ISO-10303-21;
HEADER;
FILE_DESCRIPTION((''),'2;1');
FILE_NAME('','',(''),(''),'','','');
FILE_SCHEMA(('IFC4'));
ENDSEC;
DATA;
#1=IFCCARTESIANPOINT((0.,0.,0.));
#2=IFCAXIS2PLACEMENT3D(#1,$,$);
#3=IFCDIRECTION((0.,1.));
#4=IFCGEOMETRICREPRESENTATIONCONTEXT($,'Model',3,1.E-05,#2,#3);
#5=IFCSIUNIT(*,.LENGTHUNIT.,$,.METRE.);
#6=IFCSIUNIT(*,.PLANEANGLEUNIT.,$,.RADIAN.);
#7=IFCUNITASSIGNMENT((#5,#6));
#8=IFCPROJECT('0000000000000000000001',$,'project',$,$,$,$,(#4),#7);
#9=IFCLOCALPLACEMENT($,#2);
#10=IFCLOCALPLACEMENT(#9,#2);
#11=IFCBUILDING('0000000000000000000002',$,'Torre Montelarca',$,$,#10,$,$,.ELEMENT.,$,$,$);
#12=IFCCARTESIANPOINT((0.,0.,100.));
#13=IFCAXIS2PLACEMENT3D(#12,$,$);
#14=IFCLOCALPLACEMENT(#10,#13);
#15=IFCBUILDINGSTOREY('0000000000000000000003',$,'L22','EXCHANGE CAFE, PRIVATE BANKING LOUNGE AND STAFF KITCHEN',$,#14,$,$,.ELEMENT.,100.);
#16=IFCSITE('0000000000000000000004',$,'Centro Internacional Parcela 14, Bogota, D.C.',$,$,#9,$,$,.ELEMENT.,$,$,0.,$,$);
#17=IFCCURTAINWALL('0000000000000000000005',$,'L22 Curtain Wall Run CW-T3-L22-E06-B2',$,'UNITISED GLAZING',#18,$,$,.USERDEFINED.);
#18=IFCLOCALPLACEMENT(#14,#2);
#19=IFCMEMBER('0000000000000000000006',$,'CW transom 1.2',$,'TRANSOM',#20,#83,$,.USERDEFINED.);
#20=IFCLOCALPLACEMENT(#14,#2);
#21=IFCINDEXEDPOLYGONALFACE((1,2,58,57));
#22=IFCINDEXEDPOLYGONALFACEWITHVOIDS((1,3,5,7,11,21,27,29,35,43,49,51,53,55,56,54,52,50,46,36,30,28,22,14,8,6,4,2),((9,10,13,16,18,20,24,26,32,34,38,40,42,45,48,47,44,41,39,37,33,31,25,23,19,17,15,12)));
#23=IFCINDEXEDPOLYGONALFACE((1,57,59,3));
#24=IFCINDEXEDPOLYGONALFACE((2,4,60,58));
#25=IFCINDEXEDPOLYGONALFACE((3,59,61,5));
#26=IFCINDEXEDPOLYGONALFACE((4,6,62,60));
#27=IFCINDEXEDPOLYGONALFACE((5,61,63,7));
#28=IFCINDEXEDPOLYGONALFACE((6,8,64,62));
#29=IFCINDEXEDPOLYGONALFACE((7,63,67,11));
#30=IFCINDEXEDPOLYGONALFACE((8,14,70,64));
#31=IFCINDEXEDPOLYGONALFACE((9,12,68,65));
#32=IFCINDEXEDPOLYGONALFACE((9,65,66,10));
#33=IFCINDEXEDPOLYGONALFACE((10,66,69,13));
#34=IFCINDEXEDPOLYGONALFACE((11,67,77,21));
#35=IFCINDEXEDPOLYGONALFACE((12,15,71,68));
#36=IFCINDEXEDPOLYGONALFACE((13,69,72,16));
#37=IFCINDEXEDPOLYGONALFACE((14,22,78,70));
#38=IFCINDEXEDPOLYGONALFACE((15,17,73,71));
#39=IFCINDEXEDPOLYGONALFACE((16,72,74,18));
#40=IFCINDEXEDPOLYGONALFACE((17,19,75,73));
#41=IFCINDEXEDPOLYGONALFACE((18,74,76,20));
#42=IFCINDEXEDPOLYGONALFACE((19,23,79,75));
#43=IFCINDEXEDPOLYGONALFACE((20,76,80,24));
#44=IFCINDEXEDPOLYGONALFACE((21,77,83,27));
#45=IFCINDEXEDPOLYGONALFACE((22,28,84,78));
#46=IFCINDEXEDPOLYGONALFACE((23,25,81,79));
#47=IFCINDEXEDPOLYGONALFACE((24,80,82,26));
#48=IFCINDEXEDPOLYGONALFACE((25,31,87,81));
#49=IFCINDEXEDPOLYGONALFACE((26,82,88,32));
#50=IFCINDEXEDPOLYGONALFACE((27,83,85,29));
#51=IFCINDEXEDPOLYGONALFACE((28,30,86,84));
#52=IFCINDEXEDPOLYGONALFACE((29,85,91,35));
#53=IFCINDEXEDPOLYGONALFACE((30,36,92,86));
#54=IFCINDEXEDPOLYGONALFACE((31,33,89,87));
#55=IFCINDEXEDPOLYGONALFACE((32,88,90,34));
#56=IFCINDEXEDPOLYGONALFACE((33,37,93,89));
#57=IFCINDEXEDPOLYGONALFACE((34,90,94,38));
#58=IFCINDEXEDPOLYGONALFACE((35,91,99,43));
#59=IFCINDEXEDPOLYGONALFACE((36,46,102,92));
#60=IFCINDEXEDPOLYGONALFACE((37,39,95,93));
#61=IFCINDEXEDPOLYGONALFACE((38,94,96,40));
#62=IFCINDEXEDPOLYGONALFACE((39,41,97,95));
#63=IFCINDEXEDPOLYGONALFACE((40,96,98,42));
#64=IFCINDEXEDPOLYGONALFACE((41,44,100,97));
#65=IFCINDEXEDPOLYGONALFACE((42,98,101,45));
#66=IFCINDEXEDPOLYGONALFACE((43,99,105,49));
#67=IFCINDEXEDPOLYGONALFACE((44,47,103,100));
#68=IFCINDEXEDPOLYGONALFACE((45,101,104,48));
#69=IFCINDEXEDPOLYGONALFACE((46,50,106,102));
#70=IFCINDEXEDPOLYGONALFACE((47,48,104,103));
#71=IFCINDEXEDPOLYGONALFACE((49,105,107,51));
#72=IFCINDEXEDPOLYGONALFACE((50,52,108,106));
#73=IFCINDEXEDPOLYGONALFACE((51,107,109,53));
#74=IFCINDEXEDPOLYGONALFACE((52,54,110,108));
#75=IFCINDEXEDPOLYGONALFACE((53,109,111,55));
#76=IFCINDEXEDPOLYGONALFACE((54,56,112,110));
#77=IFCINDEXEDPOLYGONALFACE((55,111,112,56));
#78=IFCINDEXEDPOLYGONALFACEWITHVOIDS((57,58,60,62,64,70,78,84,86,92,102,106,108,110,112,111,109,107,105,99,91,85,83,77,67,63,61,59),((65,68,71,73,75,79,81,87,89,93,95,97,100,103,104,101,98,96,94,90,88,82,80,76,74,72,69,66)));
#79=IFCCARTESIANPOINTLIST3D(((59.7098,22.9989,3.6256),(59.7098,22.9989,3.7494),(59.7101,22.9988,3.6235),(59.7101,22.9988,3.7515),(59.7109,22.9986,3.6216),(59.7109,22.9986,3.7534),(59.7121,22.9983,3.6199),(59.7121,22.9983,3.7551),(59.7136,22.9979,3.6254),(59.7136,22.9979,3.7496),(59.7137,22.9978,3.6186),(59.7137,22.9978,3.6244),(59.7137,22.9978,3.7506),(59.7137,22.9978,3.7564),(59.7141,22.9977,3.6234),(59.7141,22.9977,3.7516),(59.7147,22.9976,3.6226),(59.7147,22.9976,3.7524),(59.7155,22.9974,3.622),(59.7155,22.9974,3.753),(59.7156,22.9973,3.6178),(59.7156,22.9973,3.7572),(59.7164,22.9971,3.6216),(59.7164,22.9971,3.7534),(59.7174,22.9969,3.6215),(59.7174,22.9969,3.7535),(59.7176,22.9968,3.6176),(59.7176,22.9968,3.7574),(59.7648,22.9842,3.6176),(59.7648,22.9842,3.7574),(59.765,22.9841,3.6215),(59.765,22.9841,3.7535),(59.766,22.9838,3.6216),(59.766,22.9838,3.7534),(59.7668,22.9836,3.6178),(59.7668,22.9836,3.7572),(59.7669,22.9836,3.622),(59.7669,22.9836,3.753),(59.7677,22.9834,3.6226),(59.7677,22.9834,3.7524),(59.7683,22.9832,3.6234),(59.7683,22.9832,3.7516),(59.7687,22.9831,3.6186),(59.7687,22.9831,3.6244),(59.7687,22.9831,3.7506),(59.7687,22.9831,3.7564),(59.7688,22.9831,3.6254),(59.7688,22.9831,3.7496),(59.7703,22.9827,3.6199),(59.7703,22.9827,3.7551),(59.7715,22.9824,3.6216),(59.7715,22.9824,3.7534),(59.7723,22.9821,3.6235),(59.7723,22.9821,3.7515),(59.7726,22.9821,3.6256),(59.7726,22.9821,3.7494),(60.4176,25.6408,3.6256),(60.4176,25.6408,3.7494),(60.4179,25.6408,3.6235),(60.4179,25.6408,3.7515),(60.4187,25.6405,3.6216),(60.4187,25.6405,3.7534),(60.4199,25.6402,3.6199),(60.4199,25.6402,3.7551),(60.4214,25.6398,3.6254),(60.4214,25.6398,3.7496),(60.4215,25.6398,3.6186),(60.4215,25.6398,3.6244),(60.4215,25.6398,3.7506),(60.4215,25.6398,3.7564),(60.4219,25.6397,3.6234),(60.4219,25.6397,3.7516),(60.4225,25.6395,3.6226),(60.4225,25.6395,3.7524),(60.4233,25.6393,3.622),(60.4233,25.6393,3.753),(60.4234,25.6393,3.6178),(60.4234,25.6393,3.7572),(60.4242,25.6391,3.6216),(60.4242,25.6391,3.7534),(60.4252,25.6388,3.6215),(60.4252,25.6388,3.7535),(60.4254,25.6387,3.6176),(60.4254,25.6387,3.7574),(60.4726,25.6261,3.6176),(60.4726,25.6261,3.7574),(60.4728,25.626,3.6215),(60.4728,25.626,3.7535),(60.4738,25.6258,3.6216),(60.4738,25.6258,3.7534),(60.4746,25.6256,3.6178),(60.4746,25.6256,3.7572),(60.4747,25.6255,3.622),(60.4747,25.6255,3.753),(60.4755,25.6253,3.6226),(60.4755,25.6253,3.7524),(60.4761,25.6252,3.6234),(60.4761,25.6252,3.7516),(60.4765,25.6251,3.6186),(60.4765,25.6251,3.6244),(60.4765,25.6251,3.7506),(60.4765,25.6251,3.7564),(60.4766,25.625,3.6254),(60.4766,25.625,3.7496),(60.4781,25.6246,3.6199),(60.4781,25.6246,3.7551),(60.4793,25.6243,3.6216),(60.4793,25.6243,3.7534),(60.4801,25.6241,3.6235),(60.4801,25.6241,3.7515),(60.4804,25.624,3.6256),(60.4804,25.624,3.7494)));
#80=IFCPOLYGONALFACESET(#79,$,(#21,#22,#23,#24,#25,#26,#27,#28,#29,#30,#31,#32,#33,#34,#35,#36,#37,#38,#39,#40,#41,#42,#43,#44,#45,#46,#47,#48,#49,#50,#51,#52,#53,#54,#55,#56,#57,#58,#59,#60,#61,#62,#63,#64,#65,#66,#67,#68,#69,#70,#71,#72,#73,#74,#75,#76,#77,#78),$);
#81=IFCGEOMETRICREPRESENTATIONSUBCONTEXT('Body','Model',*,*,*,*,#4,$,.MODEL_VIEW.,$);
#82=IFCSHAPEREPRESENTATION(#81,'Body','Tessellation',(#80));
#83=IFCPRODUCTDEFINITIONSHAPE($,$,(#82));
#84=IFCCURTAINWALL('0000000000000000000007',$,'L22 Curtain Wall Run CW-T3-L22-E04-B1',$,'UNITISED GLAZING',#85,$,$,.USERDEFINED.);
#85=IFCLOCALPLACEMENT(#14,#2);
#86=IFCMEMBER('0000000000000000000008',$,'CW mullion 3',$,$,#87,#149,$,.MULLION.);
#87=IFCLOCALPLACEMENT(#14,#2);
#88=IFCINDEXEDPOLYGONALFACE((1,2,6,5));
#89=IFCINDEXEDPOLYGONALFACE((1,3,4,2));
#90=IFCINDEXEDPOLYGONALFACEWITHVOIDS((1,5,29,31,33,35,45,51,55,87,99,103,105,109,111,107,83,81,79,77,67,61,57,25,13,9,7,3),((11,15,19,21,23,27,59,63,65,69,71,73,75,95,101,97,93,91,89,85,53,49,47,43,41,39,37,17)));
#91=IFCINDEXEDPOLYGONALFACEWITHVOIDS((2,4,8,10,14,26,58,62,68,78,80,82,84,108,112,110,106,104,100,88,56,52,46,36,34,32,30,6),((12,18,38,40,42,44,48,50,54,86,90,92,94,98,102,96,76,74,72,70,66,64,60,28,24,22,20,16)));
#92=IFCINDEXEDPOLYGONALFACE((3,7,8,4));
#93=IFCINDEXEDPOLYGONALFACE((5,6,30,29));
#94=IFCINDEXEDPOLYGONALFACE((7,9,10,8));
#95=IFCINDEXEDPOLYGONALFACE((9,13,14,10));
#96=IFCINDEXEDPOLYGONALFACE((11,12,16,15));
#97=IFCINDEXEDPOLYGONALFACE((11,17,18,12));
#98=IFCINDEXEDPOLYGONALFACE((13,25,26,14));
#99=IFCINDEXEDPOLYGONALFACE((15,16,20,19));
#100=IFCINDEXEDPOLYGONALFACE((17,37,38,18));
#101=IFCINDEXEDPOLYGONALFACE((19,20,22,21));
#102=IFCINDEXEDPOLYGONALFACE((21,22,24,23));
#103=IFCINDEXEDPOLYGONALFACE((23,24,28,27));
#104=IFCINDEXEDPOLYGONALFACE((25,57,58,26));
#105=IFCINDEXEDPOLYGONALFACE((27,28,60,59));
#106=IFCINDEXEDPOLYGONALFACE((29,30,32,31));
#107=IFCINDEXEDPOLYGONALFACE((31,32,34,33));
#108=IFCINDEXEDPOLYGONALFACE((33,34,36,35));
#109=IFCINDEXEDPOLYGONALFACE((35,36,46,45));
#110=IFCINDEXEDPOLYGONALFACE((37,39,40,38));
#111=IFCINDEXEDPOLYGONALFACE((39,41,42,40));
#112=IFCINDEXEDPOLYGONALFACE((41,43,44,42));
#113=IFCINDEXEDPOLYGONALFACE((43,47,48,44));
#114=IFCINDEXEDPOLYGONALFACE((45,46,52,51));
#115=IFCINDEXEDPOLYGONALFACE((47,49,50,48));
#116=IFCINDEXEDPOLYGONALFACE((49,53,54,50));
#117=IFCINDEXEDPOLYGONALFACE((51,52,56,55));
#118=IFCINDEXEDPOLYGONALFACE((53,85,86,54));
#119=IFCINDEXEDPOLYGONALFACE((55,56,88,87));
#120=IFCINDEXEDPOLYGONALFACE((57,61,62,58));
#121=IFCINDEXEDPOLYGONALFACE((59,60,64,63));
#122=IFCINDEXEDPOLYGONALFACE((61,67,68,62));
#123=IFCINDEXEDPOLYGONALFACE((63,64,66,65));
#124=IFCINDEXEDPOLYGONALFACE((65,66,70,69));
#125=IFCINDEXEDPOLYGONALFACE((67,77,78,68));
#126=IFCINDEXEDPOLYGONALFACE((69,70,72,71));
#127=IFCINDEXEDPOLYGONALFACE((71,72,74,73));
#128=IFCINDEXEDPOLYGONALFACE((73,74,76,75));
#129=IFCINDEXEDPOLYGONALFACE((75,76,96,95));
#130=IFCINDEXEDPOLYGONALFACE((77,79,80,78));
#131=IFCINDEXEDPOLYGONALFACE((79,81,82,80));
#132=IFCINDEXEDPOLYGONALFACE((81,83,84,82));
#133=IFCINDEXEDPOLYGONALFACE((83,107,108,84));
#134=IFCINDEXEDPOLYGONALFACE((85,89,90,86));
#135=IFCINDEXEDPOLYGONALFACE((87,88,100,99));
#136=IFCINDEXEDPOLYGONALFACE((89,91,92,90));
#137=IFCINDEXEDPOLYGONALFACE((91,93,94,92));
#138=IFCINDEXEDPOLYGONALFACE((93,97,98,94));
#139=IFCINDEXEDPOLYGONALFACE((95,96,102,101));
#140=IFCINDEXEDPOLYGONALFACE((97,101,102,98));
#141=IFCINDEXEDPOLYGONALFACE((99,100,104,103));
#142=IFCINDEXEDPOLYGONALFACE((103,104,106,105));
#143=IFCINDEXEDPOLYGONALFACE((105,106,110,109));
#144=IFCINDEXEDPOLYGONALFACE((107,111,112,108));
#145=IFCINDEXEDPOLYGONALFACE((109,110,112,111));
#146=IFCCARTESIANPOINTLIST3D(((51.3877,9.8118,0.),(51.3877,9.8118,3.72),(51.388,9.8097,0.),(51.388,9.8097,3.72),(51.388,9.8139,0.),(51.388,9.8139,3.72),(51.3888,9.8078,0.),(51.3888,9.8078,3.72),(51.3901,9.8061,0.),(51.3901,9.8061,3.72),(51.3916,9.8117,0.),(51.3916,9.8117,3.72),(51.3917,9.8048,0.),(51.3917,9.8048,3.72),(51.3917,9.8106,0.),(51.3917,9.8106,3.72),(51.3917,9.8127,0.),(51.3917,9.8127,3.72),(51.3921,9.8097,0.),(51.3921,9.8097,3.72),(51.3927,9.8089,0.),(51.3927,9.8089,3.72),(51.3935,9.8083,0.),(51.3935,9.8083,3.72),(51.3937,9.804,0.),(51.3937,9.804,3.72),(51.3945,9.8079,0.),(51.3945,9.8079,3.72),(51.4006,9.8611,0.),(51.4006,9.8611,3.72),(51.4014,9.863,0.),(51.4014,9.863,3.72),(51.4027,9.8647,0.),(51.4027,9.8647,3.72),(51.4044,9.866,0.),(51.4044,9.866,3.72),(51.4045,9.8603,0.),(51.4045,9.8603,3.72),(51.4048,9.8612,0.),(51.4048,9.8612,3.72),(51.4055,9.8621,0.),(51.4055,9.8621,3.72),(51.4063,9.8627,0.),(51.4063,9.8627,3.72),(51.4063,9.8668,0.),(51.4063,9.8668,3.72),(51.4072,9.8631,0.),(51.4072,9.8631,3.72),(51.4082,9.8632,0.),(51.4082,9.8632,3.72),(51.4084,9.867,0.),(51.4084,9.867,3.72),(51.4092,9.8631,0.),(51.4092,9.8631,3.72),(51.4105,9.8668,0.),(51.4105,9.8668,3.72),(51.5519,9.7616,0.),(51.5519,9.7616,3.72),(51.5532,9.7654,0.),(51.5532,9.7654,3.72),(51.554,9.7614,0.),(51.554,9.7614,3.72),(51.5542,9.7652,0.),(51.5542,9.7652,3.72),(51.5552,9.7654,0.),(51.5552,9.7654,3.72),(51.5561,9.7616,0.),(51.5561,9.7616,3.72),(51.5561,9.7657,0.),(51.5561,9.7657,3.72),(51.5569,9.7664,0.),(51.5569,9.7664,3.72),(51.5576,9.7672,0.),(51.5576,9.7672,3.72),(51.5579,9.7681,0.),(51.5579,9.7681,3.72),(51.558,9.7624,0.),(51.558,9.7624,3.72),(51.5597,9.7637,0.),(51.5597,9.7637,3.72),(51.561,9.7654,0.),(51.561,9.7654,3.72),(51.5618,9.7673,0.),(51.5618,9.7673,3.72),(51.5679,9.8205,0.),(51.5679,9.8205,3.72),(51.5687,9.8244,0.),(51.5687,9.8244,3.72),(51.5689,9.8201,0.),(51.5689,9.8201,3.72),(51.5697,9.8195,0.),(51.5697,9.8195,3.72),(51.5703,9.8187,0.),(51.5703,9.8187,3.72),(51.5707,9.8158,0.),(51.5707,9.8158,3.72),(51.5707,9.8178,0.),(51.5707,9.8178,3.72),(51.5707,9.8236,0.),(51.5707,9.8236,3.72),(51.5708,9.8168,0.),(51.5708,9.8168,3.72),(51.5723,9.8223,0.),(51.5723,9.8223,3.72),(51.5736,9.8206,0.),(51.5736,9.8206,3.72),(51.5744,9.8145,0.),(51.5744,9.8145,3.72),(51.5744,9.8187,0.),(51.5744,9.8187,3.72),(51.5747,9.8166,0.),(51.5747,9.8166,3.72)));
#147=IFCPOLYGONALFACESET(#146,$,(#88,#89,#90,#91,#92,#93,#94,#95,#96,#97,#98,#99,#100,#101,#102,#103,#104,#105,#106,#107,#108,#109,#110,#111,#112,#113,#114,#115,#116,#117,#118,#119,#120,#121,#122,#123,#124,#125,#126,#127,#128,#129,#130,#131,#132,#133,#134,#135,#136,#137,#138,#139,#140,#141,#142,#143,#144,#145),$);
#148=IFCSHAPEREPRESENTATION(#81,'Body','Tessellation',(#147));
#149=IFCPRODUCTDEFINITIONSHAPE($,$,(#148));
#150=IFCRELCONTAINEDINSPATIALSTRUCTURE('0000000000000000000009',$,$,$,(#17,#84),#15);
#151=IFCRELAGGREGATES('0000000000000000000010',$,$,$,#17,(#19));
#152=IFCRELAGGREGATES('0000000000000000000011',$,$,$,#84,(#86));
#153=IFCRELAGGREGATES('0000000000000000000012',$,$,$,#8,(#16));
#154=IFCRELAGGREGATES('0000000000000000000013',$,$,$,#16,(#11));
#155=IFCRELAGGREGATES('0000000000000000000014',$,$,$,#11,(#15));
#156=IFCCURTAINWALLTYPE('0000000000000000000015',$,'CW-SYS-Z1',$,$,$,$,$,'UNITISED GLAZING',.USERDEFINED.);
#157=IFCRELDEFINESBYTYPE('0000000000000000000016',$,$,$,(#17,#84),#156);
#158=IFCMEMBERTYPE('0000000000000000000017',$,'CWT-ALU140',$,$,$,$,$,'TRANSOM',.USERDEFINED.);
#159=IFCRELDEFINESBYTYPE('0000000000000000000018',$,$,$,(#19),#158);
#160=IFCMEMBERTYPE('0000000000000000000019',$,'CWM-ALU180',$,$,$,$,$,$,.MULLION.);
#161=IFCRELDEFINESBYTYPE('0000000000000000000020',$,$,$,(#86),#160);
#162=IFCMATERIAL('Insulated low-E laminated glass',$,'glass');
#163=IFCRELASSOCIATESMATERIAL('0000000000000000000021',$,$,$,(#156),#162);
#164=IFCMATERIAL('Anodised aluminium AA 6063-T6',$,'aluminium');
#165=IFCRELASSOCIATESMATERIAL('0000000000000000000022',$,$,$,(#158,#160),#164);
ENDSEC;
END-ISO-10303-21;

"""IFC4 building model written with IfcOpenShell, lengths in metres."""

from ifc_helpers import new_model, si_unit, direction, frame, origin, origin_2d, place, context, subcontext, project, spatial, hollow_rectangle, extrude, source, transform, mapped, material, material_profile, profile_set, type_object, element, aggregate, save


model = new_model("IFC4")

# Units and contexts
model_context = context("Model", 3, precision=1e-05, world=origin(), true_north=direction((0.0, 1.0)))
body_context = subcontext(model_context, "Body", "Model", "MODEL_VIEW")
ifc_project = project(units=[si_unit("LENGTHUNIT", "METRE"), si_unit("PLANEANGLEUNIT", "RADIAN")], contexts=[model_context])

# Site, building, storey
site_placement = place(None, origin())
site = spatial("IfcSite", under=ifc_project, at=site_placement, Name="Centro Internacional Parcela 14, Bogota, D.C.", CompositionType="ELEMENT", RefElevation=0.0)
building_placement = place(site_placement, origin())
building = spatial("IfcBuilding", under=site, at=building_placement, Name="Torre Montelarca", CompositionType="ELEMENT")
storey_placement = place(building_placement, frame((0.0, 0.0, 100.0)))
storey = spatial("IfcBuildingStorey", under=building, at=storey_placement, Name="L22", Description="EXCHANGE CAFE, PRIVATE BANKING LOUNGE AND STAFF KITCHEN", CompositionType="ELEMENT", Elevation=100.0)

# Curtain wall, member
ifc_material_1 = material(Name="Insulated low-E laminated glass", Category="glass")
curtain_wall_type = type_object("IfcCurtainWallType", Name="CW-SYS-Z1", ElementType="UNITISED GLAZING", PredefinedType="USERDEFINED", material=ifc_material_1)
ifc_material_2 = material(Name="Anodised aluminium AA 6063-T6", Category="aluminium")
ifc_material_profile_1 = material_profile(ifc_material_2, hollow_rectangle(XDim=0.0649, YDim=0.1399, WallThickness=0.0039, InnerFilletRadius=0.0039, OuterFilletRadius=0.0081, at=origin_2d()), Name="ALU65X140X4", Category="aluminium")
ifc_profile_set_1 = profile_set([ifc_material_profile_1], Name="Anodised aluminium AA 6063-T6")
member_type_1 = type_object("IfcMemberType", Name="CWT-ALU140", ElementType="TRANSOM", PredefinedType="USERDEFINED", material=ifc_profile_set_1)
shared_shape_1 = source(origin(), body_context, "Body", "SweptSolid", [
    extrude(hollow_rectangle(XDim=0.0649, YDim=0.1399, WallThickness=0.0039, InnerFilletRadius=0.0039, OuterFilletRadius=0.0081, at=origin_2d()), origin(), (0.0, 0.0, 1.0), 2.7351),
])
curtain_wall_1_placement = place(storey_placement, origin())
curtain_wall_1 = element("IfcCurtainWall", 1, at=curtain_wall_1_placement, inside=storey, type_object=curtain_wall_type, Name="L22 Curtain Wall Run CW-T3-L22-E06-B2", ObjectType="UNITISED GLAZING", PredefinedType="USERDEFINED")
member_1_placement = place(storey_placement, frame((59.7412, 22.9905, 3.6875), z_axis=(0.258779, 0.965936, 0.0), x_axis=(-0.965936, 0.258779, 0.0)))
member_1 = element("IfcMember", 2, at=member_1_placement, type_object=member_type_1, Name="CW transom 1.2", ObjectType="TRANSOM", PredefinedType="USERDEFINED", context=body_context, shape_type="MappedRepresentation", body=[
    mapped(shared_shape_1, transform((0.0, 0.0, 0.0), scale=1.0)),
])

# Curtain wall, member
curtain_wall_2_placement = place(storey_placement, origin())
curtain_wall_2 = element("IfcCurtainWall", 3, at=curtain_wall_2_placement, inside=storey, type_object=curtain_wall_type, Name="L22 Curtain Wall Run CW-T3-L22-E04-B1", ObjectType="UNITISED GLAZING", PredefinedType="USERDEFINED")
ifc_material_profile_2 = material_profile(ifc_material_2, hollow_rectangle(XDim=0.0649, YDim=0.1799, WallThickness=0.0039, InnerFilletRadius=0.0039, OuterFilletRadius=0.0081, at=origin_2d()), Name="ALU65X180X4", Category="aluminium")
ifc_profile_set_2 = profile_set([ifc_material_profile_2], Name="Anodised aluminium AA 6063-T6")
member_type_2 = type_object("IfcMemberType", Name="CWM-ALU180", PredefinedType="MULLION", material=ifc_profile_set_2)
shared_shape_2 = source(origin(), body_context, "Body", "SweptSolid", [
    extrude(hollow_rectangle(XDim=0.0649, YDim=0.1799, WallThickness=0.0039, InnerFilletRadius=0.0039, OuterFilletRadius=0.0081, at=origin_2d()), origin(), (0.0, 0.0, 1.0), 3.72),
])
member_2_placement = place(storey_placement, frame((51.4812, 9.8142, 0.0), z_axis=(0.0, 0.0, 1.0), x_axis=(0.258823, 0.965925, 0.0)))
member_2 = element("IfcMember", 4, at=member_2_placement, type_object=member_type_2, Name="CW mullion 3", PredefinedType="MULLION", context=body_context, shape_type="MappedRepresentation", body=[
    mapped(shared_shape_2, transform((0.0, 0.0, 0.0), scale=1.0)),
])

aggregate(curtain_wall_1, [member_1])

aggregate(curtain_wall_2, [member_2])

save(model, "model.ifc")
